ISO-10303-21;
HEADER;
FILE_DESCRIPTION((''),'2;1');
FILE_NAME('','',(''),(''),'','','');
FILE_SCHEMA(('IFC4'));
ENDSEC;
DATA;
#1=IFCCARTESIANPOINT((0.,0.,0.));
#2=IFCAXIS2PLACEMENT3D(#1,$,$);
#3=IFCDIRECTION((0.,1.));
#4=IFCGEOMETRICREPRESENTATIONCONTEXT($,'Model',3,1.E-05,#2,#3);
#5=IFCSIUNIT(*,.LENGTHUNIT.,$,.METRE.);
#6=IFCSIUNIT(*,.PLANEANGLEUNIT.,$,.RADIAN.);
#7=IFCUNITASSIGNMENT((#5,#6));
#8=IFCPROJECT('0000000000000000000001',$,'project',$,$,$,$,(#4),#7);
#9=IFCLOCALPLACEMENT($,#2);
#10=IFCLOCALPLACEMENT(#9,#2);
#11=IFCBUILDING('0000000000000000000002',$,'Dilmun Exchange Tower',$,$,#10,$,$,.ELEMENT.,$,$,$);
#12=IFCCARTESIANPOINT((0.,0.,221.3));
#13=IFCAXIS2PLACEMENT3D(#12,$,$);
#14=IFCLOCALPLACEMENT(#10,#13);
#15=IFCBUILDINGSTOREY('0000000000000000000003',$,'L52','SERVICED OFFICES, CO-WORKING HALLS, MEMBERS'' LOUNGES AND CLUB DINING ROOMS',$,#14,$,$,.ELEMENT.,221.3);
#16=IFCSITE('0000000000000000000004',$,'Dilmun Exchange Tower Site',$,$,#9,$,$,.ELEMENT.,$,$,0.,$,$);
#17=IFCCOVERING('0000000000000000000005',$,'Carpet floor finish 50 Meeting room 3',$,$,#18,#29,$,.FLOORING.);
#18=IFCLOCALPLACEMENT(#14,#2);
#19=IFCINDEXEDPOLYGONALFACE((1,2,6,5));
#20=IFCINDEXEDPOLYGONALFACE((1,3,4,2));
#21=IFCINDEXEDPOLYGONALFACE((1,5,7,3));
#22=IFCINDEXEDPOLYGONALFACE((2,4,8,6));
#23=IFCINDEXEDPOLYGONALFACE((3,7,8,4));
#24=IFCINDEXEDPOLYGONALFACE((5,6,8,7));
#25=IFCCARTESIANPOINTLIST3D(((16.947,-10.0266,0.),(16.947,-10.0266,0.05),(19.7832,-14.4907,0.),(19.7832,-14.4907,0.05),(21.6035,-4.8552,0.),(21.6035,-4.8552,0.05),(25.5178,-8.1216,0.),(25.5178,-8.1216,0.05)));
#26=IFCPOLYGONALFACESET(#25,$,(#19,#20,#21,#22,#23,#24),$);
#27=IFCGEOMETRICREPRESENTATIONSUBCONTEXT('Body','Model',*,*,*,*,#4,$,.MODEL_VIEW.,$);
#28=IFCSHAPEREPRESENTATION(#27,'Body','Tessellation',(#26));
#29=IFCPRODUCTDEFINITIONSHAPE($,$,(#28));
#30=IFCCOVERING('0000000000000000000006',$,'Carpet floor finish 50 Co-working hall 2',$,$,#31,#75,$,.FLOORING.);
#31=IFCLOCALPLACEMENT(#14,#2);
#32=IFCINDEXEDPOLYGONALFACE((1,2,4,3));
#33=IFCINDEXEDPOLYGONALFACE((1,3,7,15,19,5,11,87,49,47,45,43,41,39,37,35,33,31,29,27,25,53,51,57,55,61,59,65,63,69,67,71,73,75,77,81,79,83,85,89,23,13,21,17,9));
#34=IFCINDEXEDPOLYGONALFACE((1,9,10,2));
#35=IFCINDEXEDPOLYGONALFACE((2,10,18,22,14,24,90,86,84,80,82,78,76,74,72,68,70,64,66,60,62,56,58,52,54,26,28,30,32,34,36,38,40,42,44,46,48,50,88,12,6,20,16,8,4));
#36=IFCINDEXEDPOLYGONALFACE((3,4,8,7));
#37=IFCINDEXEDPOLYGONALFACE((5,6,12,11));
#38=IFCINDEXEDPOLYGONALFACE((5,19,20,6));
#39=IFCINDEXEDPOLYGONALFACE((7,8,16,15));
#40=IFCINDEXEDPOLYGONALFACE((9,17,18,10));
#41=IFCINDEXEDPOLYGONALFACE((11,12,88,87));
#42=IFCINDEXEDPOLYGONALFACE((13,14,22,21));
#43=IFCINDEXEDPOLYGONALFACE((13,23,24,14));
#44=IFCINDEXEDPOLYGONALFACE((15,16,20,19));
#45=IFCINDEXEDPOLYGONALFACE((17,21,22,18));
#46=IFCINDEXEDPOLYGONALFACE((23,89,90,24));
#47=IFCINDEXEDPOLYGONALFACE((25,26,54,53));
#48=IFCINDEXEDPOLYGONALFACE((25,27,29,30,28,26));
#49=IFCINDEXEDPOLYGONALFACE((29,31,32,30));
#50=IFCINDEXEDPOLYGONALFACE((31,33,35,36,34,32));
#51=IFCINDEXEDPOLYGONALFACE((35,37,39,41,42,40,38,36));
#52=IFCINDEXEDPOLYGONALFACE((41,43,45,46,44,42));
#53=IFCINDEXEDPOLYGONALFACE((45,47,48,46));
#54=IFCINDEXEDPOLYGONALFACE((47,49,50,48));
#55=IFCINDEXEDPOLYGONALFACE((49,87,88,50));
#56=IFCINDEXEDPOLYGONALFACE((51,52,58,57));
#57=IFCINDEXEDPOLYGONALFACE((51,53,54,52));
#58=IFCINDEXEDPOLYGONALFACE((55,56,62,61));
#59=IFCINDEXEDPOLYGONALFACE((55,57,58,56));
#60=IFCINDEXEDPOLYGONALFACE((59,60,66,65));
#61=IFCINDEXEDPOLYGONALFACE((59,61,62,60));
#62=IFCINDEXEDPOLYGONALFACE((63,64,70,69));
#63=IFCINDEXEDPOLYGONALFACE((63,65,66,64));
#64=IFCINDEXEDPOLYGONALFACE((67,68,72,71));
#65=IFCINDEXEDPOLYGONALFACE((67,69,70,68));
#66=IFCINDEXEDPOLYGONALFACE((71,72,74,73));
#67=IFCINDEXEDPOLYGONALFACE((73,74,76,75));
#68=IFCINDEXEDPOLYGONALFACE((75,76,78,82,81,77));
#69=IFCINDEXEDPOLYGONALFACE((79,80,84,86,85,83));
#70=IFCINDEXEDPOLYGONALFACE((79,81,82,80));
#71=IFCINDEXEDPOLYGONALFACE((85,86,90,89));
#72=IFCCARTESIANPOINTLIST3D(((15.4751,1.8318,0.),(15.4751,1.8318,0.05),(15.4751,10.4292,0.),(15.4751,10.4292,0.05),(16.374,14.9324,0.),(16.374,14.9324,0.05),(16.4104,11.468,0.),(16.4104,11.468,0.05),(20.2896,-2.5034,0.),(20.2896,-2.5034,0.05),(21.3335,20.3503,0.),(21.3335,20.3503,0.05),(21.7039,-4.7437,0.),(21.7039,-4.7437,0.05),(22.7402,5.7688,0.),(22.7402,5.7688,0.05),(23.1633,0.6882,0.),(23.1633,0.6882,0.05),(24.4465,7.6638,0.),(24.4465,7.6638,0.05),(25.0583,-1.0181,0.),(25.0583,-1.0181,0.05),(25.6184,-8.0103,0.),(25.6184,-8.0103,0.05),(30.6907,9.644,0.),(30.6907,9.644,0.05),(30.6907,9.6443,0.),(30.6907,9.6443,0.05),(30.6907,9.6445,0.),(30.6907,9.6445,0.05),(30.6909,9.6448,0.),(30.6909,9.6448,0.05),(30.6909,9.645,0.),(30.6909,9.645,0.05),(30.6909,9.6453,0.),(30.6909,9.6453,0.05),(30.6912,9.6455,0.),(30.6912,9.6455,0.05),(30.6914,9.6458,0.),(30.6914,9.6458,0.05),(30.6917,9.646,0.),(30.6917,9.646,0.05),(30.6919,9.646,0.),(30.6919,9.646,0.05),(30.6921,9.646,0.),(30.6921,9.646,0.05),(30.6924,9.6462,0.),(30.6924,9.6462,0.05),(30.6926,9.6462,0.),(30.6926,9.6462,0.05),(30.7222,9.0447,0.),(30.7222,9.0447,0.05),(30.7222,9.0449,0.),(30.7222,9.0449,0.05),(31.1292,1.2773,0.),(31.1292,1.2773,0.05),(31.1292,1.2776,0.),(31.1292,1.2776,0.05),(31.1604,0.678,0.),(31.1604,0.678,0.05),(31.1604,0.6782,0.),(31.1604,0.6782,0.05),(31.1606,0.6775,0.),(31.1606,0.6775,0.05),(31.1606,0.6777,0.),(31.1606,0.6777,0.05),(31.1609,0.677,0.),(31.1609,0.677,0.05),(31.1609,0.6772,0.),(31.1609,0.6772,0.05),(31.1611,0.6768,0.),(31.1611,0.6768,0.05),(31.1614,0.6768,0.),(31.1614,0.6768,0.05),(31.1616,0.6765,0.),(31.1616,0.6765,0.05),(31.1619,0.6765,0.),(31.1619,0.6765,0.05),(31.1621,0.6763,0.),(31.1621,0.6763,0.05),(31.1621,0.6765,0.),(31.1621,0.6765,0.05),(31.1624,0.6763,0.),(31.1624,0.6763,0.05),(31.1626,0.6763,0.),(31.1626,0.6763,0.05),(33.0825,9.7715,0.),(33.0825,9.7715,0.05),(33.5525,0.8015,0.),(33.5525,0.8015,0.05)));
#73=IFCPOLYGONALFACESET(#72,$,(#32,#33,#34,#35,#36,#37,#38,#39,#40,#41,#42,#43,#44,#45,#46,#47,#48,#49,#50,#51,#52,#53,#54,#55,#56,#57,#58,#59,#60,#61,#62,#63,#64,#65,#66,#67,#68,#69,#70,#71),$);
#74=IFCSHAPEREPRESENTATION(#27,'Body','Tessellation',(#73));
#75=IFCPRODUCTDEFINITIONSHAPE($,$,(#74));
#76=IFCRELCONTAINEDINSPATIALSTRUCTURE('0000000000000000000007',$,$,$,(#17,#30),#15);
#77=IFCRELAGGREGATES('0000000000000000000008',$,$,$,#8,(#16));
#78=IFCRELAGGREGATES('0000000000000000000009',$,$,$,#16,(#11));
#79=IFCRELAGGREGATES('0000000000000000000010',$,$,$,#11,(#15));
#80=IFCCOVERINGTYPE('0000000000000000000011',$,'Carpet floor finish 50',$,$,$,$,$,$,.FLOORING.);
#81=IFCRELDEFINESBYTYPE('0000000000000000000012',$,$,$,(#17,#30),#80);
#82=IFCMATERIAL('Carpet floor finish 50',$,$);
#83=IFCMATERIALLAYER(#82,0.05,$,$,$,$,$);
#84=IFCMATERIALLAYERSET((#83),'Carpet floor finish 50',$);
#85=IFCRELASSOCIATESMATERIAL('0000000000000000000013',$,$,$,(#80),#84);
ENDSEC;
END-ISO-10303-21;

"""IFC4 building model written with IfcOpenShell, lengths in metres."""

from ifc_helpers import new_model, si_unit, direction, frame, origin, place, context, subcontext, project, spatial, polyline, outline, extrude, material, layer, layer_set, type_object, element, save


model = new_model("IFC4")

# Units and contexts
model_context = context("Model", 3, precision=1e-05, world=origin(), true_north=direction((0.0, 1.0)))
body_context = subcontext(model_context, "Body", "Model", "MODEL_VIEW")
ifc_project = project(units=[si_unit("LENGTHUNIT", "METRE"), si_unit("PLANEANGLEUNIT", "RADIAN")], contexts=[model_context])

# Site, building, storey
site_placement = place(None, origin())
site = spatial("IfcSite", under=ifc_project, at=site_placement, Name="Dilmun Exchange Tower Site", CompositionType="ELEMENT", RefElevation=0.0)
building_placement = place(site_placement, origin())
building = spatial("IfcBuilding", under=site, at=building_placement, Name="Dilmun Exchange Tower", CompositionType="ELEMENT")
storey_placement = place(building_placement, frame((0.0, 0.0, 221.3)))
storey = spatial("IfcBuildingStorey", under=building, at=storey_placement, Name="L52", Description="SERVICED OFFICES, CO-WORKING HALLS, MEMBERS' LOUNGES AND CLUB DINING ROOMS", CompositionType="ELEMENT", Elevation=221.3)

# Coverings
ifc_material_1 = material(Name="Carpet floor finish 50")
ifc_layer_1 = layer(ifc_material_1, 0.05)
ifc_layer_set_1 = layer_set([ifc_layer_1], Name="Carpet floor finish 50")
covering_type = type_object("IfcCoveringType", Name="Carpet floor finish 50", PredefinedType="FLOORING", material=ifc_layer_set_1)
covering_1_placement = place(storey_placement, origin())
element("IfcCovering", 1, at=covering_1_placement, inside=storey, type_object=covering_type, Name="Carpet floor finish 50 Meeting room 3", PredefinedType="FLOORING", context=body_context, shape_type="SweptSolid", body=[
    extrude(outline(polyline([(16.947, -10.0266), (21.6035, -4.8552), (25.5178, -8.1216), (19.7832, -14.4907), (16.947, -10.0266)])), origin(), (0.0, 0.0, 1.0), 0.05),
])
covering_2_placement = place(storey_placement, origin())
element("IfcCovering", 2, at=covering_2_placement, inside=storey, type_object=covering_type, Name="Carpet floor finish 50 Co-working hall 2", PredefinedType="FLOORING", context=body_context, shape_type="SweptSolid", body=[
    extrude(outline(polyline([(21.7039, -4.7437), (25.0583, -1.0181), (23.1633, 0.6882), (20.2896, -2.5034), (15.4751, 1.8318), (15.4751, 10.4292), (16.4104, 11.468), (22.7402, 5.7688), (24.4465, 7.6638), (16.374, 14.9324), (21.3335, 20.3503), (33.0825, 9.7715), (30.6926, 9.6462), (30.6924, 9.6462), (30.6921, 9.646), (30.6919, 9.646), (30.6919, 9.646), (30.6917, 9.646), (30.6914, 9.6458), (30.6914, 9.6458), (30.6912, 9.6455), (30.6912, 9.6455), (30.6909, 9.6453), (30.6909, 9.645), (30.6909, 9.645), (30.6909, 9.6448), (30.6907, 9.6445), (30.6907, 9.6443), (30.6907, 9.644), (30.7222, 9.0449), (30.7222, 9.0447), (30.7222, 9.0447), (31.1292, 1.2776), (31.1292, 1.2776), (31.1292, 1.2773), (31.1604, 0.6782), (31.1604, 0.678), (31.1606, 0.6777), (31.1606, 0.6775), (31.1606, 0.6775), (31.1609, 0.6772), (31.1609, 0.677), (31.1609, 0.677), (31.1611, 0.6768), (31.1614, 0.6768), (31.1616, 0.6765), (31.1616, 0.6765), (31.1619, 0.6765), (31.1621, 0.6765), (31.1621, 0.6763), (31.1624, 0.6763), (31.1626, 0.6763), (33.5525, 0.8015), (25.6184, -8.0103), (21.7039, -4.7437)])), origin(), (0.0, 0.0, 1.0), 0.05),
])

save(model, "model.ifc")
